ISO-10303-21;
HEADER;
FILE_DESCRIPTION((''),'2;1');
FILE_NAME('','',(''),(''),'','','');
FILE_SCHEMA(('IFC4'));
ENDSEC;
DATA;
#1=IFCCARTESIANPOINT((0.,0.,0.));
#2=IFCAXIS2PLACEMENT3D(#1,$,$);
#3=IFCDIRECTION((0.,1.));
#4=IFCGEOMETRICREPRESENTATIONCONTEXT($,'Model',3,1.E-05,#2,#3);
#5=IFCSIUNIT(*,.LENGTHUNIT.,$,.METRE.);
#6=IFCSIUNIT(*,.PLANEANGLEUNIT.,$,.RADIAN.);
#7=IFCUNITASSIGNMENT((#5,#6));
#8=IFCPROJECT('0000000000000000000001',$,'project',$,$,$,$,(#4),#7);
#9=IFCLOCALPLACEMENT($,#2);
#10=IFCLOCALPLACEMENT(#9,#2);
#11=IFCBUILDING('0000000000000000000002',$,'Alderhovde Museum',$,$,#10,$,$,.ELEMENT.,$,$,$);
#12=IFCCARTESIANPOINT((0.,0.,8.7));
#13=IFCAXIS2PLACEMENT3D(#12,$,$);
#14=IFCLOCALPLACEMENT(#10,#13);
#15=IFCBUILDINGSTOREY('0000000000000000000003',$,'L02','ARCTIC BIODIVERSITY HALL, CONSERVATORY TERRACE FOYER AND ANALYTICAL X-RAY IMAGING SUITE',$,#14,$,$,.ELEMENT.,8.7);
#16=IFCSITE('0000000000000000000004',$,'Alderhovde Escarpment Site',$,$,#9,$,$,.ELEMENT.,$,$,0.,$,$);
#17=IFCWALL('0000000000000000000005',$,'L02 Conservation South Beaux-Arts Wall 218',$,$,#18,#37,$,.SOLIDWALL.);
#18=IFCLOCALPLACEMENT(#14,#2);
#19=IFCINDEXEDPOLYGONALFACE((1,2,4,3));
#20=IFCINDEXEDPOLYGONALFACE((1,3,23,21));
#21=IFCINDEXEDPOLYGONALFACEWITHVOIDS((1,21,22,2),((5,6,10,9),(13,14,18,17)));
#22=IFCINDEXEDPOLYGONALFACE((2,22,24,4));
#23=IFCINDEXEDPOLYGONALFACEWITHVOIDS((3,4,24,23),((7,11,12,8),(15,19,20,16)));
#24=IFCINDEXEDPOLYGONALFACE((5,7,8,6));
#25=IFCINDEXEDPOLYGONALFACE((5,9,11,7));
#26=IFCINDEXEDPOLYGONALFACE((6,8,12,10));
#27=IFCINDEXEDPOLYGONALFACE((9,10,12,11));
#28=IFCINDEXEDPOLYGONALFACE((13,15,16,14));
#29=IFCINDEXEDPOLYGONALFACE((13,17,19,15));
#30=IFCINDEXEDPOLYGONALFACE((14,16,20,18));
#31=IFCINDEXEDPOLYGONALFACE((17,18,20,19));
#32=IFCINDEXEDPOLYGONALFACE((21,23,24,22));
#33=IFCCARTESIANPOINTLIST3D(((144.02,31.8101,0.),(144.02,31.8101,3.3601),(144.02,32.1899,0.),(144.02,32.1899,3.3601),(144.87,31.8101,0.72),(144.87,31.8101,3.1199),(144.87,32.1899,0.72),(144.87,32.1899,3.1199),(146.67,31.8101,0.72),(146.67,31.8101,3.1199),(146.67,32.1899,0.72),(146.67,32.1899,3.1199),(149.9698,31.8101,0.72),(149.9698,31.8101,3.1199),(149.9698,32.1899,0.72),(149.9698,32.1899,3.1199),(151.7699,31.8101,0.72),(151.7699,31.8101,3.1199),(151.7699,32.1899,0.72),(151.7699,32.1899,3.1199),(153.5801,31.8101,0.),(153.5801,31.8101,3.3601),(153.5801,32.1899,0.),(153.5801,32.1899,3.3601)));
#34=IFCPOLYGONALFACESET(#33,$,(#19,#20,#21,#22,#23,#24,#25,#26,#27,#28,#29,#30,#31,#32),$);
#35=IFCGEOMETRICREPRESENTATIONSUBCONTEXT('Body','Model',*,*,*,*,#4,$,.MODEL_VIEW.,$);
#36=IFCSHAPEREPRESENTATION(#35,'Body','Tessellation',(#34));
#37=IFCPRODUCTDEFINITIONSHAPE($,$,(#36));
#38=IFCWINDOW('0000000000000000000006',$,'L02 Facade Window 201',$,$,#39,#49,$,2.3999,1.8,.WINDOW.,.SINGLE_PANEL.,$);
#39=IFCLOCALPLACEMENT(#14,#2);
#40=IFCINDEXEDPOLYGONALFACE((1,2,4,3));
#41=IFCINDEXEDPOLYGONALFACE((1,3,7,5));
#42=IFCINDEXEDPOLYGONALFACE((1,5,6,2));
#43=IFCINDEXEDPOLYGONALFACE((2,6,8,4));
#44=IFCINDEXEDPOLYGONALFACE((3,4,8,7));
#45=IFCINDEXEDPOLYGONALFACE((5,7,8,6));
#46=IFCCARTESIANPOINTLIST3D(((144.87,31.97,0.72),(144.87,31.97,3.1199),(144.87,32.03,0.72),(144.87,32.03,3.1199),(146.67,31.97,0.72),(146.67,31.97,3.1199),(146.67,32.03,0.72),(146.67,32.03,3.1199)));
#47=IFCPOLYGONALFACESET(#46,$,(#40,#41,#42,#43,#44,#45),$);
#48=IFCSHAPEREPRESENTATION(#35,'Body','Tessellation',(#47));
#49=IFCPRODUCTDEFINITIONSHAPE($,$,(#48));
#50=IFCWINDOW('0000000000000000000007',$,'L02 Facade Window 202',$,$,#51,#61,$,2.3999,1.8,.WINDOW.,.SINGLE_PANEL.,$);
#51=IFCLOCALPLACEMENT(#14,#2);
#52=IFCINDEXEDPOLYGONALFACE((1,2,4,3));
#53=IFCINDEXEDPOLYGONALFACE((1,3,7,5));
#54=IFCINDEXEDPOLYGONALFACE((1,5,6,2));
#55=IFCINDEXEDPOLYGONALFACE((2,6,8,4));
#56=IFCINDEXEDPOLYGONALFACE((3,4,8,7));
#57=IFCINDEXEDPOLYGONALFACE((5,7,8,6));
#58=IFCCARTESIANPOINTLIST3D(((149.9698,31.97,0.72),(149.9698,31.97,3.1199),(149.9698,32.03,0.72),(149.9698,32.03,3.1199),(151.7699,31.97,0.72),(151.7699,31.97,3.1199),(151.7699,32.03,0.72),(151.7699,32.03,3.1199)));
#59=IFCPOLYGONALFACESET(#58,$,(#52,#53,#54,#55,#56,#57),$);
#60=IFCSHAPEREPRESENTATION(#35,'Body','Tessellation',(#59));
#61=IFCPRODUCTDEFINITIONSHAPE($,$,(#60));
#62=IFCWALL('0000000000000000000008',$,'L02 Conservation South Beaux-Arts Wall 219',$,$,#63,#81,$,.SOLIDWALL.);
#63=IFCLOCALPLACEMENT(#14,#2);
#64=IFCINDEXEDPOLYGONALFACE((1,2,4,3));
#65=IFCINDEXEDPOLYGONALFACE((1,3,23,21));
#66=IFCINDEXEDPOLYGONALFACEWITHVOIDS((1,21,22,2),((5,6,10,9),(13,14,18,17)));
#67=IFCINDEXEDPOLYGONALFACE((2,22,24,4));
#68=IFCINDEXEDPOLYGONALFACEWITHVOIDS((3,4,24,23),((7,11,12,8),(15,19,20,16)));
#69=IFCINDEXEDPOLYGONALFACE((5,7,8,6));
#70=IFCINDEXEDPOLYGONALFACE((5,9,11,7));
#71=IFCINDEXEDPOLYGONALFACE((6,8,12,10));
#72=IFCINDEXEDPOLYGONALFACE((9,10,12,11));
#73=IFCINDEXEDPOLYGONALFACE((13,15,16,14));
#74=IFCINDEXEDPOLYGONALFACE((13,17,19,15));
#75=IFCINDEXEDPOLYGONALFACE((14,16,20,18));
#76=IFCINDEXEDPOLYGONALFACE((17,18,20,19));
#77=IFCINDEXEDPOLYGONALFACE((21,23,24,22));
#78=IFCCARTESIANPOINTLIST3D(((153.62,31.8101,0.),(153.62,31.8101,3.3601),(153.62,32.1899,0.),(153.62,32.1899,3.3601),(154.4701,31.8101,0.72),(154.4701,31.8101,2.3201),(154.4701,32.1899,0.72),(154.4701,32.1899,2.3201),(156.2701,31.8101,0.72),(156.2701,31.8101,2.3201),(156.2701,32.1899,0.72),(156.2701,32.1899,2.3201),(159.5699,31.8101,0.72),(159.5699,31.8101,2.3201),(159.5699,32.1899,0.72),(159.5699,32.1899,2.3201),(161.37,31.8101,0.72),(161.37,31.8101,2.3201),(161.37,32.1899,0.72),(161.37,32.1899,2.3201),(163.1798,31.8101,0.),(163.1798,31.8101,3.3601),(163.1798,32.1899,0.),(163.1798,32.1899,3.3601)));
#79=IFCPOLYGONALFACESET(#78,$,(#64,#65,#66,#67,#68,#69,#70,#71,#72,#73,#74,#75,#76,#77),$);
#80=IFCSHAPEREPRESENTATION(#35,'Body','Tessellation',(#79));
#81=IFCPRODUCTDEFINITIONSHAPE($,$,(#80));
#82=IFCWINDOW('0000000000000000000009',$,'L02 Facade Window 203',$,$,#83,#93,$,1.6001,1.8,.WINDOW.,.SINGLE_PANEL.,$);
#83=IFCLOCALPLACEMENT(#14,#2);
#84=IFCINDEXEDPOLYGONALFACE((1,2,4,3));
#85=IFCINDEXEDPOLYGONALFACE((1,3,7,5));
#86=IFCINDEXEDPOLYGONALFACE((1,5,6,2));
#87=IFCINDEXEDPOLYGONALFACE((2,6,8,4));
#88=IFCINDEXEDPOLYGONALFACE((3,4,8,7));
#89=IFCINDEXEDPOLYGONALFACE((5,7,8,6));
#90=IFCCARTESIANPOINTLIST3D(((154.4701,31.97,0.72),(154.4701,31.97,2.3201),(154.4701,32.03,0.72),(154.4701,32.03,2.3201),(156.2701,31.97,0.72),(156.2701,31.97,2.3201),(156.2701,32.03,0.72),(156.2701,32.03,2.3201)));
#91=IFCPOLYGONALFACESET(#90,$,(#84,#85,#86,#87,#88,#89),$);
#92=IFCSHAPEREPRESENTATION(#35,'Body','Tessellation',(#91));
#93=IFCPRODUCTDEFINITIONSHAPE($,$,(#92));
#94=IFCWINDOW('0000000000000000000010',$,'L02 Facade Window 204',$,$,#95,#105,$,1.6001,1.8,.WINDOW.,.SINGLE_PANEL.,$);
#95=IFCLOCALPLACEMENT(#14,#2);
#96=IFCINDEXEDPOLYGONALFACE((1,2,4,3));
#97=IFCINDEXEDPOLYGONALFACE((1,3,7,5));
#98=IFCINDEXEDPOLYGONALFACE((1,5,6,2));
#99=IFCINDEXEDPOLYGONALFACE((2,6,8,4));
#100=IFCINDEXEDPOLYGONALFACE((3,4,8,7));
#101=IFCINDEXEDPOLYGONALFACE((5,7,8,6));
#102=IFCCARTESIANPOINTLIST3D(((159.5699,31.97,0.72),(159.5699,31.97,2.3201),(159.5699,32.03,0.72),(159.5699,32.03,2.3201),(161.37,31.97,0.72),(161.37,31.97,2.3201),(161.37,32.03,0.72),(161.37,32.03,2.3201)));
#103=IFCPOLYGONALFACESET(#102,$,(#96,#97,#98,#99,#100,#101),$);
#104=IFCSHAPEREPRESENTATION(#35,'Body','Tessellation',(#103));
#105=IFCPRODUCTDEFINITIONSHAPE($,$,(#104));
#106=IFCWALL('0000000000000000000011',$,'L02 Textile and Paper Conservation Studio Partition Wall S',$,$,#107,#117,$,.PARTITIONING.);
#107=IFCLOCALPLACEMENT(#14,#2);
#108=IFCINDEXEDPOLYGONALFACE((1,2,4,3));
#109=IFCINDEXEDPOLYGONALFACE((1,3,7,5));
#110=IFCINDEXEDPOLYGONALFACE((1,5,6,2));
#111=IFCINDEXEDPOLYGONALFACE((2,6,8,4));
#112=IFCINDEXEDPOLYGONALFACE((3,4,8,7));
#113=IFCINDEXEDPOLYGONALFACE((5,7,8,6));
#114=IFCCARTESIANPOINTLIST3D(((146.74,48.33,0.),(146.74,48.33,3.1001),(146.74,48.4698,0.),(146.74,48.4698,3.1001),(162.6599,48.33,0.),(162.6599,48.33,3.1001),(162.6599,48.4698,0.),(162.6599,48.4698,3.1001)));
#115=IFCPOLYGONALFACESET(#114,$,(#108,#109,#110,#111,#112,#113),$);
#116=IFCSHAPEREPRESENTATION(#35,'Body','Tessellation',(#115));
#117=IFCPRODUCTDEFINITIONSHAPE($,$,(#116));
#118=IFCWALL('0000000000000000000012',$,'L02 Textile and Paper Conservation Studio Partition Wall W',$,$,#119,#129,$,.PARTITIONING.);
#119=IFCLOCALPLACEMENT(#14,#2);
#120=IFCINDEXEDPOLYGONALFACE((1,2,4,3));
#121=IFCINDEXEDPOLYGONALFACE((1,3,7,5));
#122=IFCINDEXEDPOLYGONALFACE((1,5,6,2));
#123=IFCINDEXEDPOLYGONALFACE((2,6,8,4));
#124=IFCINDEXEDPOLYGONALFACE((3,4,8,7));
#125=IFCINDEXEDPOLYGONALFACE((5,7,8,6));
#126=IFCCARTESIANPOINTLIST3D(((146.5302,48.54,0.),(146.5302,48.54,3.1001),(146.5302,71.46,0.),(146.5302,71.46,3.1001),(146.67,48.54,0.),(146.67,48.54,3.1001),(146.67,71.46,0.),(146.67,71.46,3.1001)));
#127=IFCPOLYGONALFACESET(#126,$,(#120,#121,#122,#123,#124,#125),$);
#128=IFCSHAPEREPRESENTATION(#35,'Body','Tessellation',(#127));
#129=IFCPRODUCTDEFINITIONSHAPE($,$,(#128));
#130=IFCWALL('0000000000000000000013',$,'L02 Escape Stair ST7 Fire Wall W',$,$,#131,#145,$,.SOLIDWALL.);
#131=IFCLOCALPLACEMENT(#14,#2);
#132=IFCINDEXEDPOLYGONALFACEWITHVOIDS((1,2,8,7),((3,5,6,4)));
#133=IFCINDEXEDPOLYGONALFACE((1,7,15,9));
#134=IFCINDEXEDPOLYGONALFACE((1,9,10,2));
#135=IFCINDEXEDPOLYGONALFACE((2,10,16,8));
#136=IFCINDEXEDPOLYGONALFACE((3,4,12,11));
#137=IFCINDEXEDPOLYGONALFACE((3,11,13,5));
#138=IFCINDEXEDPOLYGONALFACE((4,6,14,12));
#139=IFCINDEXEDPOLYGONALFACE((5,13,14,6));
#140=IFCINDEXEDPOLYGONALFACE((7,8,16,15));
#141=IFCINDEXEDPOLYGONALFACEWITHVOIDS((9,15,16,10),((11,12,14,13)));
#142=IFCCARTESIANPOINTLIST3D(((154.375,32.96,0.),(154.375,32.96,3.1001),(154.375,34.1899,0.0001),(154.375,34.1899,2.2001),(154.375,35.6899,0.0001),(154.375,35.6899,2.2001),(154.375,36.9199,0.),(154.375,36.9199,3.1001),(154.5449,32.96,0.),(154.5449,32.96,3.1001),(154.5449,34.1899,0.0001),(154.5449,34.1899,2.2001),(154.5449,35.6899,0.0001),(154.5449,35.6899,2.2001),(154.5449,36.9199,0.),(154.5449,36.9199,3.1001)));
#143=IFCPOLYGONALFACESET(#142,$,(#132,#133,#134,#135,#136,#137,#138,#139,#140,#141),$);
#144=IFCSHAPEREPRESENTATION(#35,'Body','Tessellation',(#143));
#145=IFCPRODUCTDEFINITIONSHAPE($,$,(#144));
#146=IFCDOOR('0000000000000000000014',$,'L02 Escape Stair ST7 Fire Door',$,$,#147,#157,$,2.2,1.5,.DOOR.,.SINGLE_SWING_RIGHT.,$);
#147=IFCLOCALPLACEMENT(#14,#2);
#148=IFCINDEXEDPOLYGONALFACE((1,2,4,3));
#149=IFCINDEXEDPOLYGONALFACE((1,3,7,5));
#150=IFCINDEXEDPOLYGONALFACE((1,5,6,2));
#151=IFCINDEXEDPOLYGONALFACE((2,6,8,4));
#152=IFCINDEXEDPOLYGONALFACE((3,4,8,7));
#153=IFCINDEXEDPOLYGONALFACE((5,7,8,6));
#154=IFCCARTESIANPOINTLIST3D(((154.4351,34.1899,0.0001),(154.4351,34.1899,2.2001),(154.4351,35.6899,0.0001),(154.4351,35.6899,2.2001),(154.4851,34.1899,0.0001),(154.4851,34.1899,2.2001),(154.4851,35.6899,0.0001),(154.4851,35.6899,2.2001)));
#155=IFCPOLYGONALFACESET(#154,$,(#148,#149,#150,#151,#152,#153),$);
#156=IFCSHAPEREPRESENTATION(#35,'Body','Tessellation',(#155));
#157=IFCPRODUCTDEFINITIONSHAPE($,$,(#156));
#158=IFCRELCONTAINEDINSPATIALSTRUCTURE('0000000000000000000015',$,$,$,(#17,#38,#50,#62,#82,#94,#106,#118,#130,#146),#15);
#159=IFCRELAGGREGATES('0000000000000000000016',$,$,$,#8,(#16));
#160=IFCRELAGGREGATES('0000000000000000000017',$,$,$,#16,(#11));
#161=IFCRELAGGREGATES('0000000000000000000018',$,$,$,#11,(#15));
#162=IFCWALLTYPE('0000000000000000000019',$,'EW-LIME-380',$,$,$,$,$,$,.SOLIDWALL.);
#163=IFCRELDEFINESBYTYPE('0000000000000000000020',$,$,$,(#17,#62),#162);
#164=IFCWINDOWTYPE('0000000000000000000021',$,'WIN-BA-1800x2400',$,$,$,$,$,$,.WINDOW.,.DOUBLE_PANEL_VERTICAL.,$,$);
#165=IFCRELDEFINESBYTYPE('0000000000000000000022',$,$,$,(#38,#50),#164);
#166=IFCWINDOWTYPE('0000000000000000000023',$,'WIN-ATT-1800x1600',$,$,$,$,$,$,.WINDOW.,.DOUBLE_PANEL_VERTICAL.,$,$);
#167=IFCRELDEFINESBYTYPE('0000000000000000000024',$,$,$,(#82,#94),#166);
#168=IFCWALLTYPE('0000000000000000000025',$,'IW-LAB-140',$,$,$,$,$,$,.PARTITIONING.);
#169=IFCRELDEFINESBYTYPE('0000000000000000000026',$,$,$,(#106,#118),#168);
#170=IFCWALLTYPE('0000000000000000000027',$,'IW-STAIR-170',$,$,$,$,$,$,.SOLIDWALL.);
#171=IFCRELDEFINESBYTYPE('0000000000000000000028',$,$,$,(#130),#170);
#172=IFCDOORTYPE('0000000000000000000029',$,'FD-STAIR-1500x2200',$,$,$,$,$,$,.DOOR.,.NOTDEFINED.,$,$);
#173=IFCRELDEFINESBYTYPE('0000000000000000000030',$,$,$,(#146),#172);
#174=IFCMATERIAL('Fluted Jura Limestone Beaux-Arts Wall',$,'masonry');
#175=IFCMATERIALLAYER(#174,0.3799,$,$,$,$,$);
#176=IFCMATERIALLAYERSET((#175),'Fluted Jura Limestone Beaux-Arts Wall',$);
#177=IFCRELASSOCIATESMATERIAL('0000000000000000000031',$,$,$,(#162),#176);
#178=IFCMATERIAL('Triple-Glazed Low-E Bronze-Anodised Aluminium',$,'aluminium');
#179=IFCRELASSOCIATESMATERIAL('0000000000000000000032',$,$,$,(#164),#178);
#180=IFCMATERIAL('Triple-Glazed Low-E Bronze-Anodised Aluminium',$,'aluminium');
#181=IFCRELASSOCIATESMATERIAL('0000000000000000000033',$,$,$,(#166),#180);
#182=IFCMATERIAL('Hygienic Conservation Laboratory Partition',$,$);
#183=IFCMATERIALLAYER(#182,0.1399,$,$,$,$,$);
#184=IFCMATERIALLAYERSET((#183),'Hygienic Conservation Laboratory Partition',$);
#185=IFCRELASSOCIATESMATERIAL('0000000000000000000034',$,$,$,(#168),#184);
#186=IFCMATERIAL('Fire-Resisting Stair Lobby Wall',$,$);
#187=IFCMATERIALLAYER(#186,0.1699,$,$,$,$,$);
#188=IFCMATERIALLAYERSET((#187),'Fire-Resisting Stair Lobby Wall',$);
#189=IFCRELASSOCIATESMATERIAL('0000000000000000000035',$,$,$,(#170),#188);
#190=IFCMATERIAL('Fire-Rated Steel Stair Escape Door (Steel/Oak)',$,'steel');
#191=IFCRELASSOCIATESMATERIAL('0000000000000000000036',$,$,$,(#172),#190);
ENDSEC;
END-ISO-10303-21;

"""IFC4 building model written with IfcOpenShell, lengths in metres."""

from ifc_helpers import new_model, si_unit, direction, frame, frame_2d, origin, place, context, subcontext, project, spatial, rectangle, extrude, material, layer, layer_set, type_object, element, fill, save


model = new_model("IFC4")

# Units and contexts
model_context = context("Model", 3, precision=1e-05, world=origin(), true_north=direction((0.0, 1.0)))
body_context = subcontext(model_context, "Body", "Model", "MODEL_VIEW")
ifc_project = project(units=[si_unit("LENGTHUNIT", "METRE"), si_unit("PLANEANGLEUNIT", "RADIAN")], contexts=[model_context])

# Site, building, storey
site_placement = place(None, origin())
site = spatial("IfcSite", under=ifc_project, at=site_placement, Name="Alderhovde Escarpment Site", CompositionType="ELEMENT", RefElevation=0.0)
building_placement = place(site_placement, origin())
building = spatial("IfcBuilding", under=site, at=building_placement, Name="Alderhovde Museum", CompositionType="ELEMENT")
storey_placement = place(building_placement, frame((0.0, 0.0, 8.7)))
storey = spatial("IfcBuildingStorey", under=building, at=storey_placement, Name="L02", Description="ARCTIC BIODIVERSITY HALL, CONSERVATORY TERRACE FOYER AND ANALYTICAL X-RAY IMAGING SUITE", CompositionType="ELEMENT", Elevation=8.7)

# Walls, openings, windows
ifc_material_1 = material(Name="Fluted Jura Limestone Beaux-Arts Wall", Category="masonry")
ifc_layer_1 = layer(ifc_material_1, 0.3799)
ifc_layer_set_1 = layer_set([ifc_layer_1], Name="Fluted Jura Limestone Beaux-Arts Wall")
wall_type_1 = type_object("IfcWallType", Name="EW-LIME-380", PredefinedType="SOLIDWALL", material=ifc_layer_set_1)
wall_1_placement = place(storey_placement, frame((144.02, 32.0, 0.0), z_axis=(0.0, 0.0, 1.0), x_axis=(1.0, 0.0, 0.0)))
wall_1 = element("IfcWall", 1, at=wall_1_placement, inside=storey, type_object=wall_type_1, Name="L02 Conservation South Beaux-Arts Wall 218", PredefinedType="SOLIDWALL", context=body_context, shape_type="SweptSolid", body=[
    extrude(rectangle(XDim=9.5601, YDim=0.3799, at=frame_2d((4.78, 0.0))), origin(), (0.0, 0.0, 1.0), 3.3601),
])
opening_1_placement = place(wall_1_placement, frame((0.8501, 0.0, 0.72)))
opening_1 = element("IfcOpeningElement", 2, at=opening_1_placement, cuts=wall_1, PredefinedType="OPENING", context=body_context, shape_type="SweptSolid", body=[
    extrude(rectangle(XDim=1.8, YDim=2.3999, at=frame_2d((0.8999, 1.2))), frame((0.0, 0.2, 0.0), z_axis=(0.0, -1.0, 0.0), x_axis=(1.0, 0.0, 0.0)), (0.0, 0.0, 1.0), 0.3999),
])
opening_2_placement = place(wall_1_placement, frame((5.95, 0.0, 0.72)))
opening_2 = element("IfcOpeningElement", 3, at=opening_2_placement, cuts=wall_1, PredefinedType="OPENING", context=body_context, shape_type="SweptSolid", body=[
    extrude(rectangle(XDim=1.8, YDim=2.3999, at=frame_2d((0.8999, 1.2))), frame((0.0, 0.2, 0.0), z_axis=(0.0, -1.0, 0.0), x_axis=(1.0, 0.0, 0.0)), (0.0, 0.0, 1.0), 0.3999),
])
ifc_material_2 = material(Name="Triple-Glazed Low-E Bronze-Anodised Aluminium", Category="aluminium")
window_type_1 = type_object("IfcWindowType", Name="WIN-BA-1800x2400", PartitioningType="DOUBLE_PANEL_VERTICAL", PredefinedType="WINDOW", material=ifc_material_2)
window_1_placement = place(opening_1_placement, origin())
window_1 = element("IfcWindow", 4, at=window_1_placement, inside=storey, type_object=window_type_1, Name="L02 Facade Window 201", OverallHeight=2.3999, OverallWidth=1.8, PartitioningType="SINGLE_PANEL", PredefinedType="WINDOW", context=body_context, shape_type="SweptSolid", body=[
    extrude(rectangle(XDim=1.8, YDim=2.3999, at=frame_2d((0.8999, 1.2))), frame((0.0, 0.03, 0.0), z_axis=(0.0, -1.0, 0.0), x_axis=(1.0, 0.0, 0.0)), (0.0, 0.0, 1.0), 0.0601),
])
fill(opening_1, window_1)
window_2_placement = place(opening_2_placement, origin())
window_2 = element("IfcWindow", 5, at=window_2_placement, inside=storey, type_object=window_type_1, Name="L02 Facade Window 202", OverallHeight=2.3999, OverallWidth=1.8, PartitioningType="SINGLE_PANEL", PredefinedType="WINDOW", context=body_context, shape_type="SweptSolid", body=[
    extrude(rectangle(XDim=1.8, YDim=2.3999, at=frame_2d((0.8999, 1.2))), frame((0.0, 0.03, 0.0), z_axis=(0.0, -1.0, 0.0), x_axis=(1.0, 0.0, 0.0)), (0.0, 0.0, 1.0), 0.0601),
])
fill(opening_2, window_2)
wall_2_placement = place(storey_placement, frame((153.6201, 32.0, 0.0), z_axis=(0.0, 0.0, 1.0), x_axis=(1.0, 0.0, 0.0)))
wall_2 = element("IfcWall", 6, at=wall_2_placement, inside=storey, type_object=wall_type_1, Name="L02 Conservation South Beaux-Arts Wall 219", PredefinedType="SOLIDWALL", context=body_context, shape_type="SweptSolid", body=[
    extrude(rectangle(XDim=9.5598, YDim=0.3799, at=frame_2d((4.7798, 0.0))), origin(), (0.0, 0.0, 1.0), 3.3601),
])
opening_3_placement = place(wall_2_placement, frame((0.8501, 0.0, 0.72)))
opening_3 = element("IfcOpeningElement", 7, at=opening_3_placement, cuts=wall_2, PredefinedType="OPENING", context=body_context, shape_type="SweptSolid", body=[
    extrude(rectangle(XDim=1.8, YDim=1.6001, at=frame_2d((0.8999, 0.8))), frame((0.0, 0.2, 0.0), z_axis=(0.0, -1.0, 0.0), x_axis=(1.0, 0.0, 0.0)), (0.0, 0.0, 1.0), 0.3999),
])
opening_4_placement = place(wall_2_placement, frame((5.95, 0.0, 0.72)))
opening_4 = element("IfcOpeningElement", 8, at=opening_4_placement, cuts=wall_2, PredefinedType="OPENING", context=body_context, shape_type="SweptSolid", body=[
    extrude(rectangle(XDim=1.8, YDim=1.6001, at=frame_2d((0.8999, 0.8))), frame((0.0, 0.2, 0.0), z_axis=(0.0, -1.0, 0.0), x_axis=(1.0, 0.0, 0.0)), (0.0, 0.0, 1.0), 0.3999),
])
ifc_material_3 = material(Name="Triple-Glazed Low-E Bronze-Anodised Aluminium", Category="aluminium")
window_type_2 = type_object("IfcWindowType", Name="WIN-ATT-1800x1600", PartitioningType="DOUBLE_PANEL_VERTICAL", PredefinedType="WINDOW", material=ifc_material_3)
window_3_placement = place(opening_3_placement, origin())
window_3 = element("IfcWindow", 9, at=window_3_placement, inside=storey, type_object=window_type_2, Name="L02 Facade Window 203", OverallHeight=1.6001, OverallWidth=1.8, PartitioningType="SINGLE_PANEL", PredefinedType="WINDOW", context=body_context, shape_type="SweptSolid", body=[
    extrude(rectangle(XDim=1.8, YDim=1.6001, at=frame_2d((0.8999, 0.8))), frame((0.0, 0.03, 0.0), z_axis=(0.0, -1.0, 0.0), x_axis=(1.0, 0.0, 0.0)), (0.0, 0.0, 1.0), 0.0601),
])
fill(opening_3, window_3)
window_4_placement = place(opening_4_placement, origin())
window_4 = element("IfcWindow", 10, at=window_4_placement, inside=storey, type_object=window_type_2, Name="L02 Facade Window 204", OverallHeight=1.6001, OverallWidth=1.8, PartitioningType="SINGLE_PANEL", PredefinedType="WINDOW", context=body_context, shape_type="SweptSolid", body=[
    extrude(rectangle(XDim=1.8, YDim=1.6001, at=frame_2d((0.8999, 0.8))), frame((0.0, 0.03, 0.0), z_axis=(0.0, -1.0, 0.0), x_axis=(1.0, 0.0, 0.0)), (0.0, 0.0, 1.0), 0.0601),
])
fill(opening_4, window_4)

# Walls
ifc_material_4 = material(Name="Hygienic Conservation Laboratory Partition")
ifc_layer_2 = layer(ifc_material_4, 0.1399)
ifc_layer_set_2 = layer_set([ifc_layer_2], Name="Hygienic Conservation Laboratory Partition")
wall_type_2 = type_object("IfcWallType", Name="IW-LAB-140", PredefinedType="PARTITIONING", material=ifc_layer_set_2)
wall_3_placement = place(storey_placement, frame((146.74, 48.3999, 0.0), z_axis=(0.0, 0.0, 1.0), x_axis=(1.0, 0.0, 0.0)))
element("IfcWall", 11, at=wall_3_placement, inside=storey, type_object=wall_type_2, Name="L02 Textile and Paper Conservation Studio Partition Wall S", PredefinedType="PARTITIONING", context=body_context, shape_type="SweptSolid", body=[
    extrude(rectangle(XDim=15.9199, YDim=0.1399, at=frame_2d((7.96, 0.0))), origin(), (0.0, 0.0, 1.0), 3.1001),
])
wall_4_placement = place(storey_placement, frame((146.6001, 48.54, 0.0), z_axis=(0.0, 0.0, 1.0), x_axis=(0.0, 1.0, 0.0)))
element("IfcWall", 12, at=wall_4_placement, inside=storey, type_object=wall_type_2, Name="L02 Textile and Paper Conservation Studio Partition Wall W", PredefinedType="PARTITIONING", context=body_context, shape_type="SweptSolid", body=[
    extrude(rectangle(XDim=22.9199, YDim=0.1399, at=frame_2d((11.46, 0.0))), origin(), (0.0, 0.0, 1.0), 3.1001),
])

# Wall, opening, door
ifc_material_5 = material(Name="Fire-Resisting Stair Lobby Wall")
ifc_layer_3 = layer(ifc_material_5, 0.1699)
ifc_layer_set_3 = layer_set([ifc_layer_3], Name="Fire-Resisting Stair Lobby Wall")
wall_type_3 = type_object("IfcWallType", Name="IW-STAIR-170", PredefinedType="SOLIDWALL", material=ifc_layer_set_3)
wall_5_placement = place(storey_placement, frame((154.46, 32.96, 0.0), z_axis=(0.0, 0.0, 1.0), x_axis=(0.0, 1.0, 0.0)))
wall_5 = element("IfcWall", 13, at=wall_5_placement, inside=storey, type_object=wall_type_3, Name="L02 Escape Stair ST7 Fire Wall W", PredefinedType="SOLIDWALL", context=body_context, shape_type="SweptSolid", body=[
    extrude(rectangle(XDim=3.96, YDim=0.1699, at=frame_2d((1.98, 0.0))), origin(), (0.0, 0.0, 1.0), 3.1001),
])
opening_5_placement = place(wall_5_placement, frame((1.23, 0.0, 0.0)))
opening_5 = element("IfcOpeningElement", 14, at=opening_5_placement, cuts=wall_5, PredefinedType="OPENING", context=body_context, shape_type="SweptSolid", body=[
    extrude(rectangle(XDim=1.5, YDim=2.2, at=frame_2d((0.75, 1.1001))), frame((0.0, 0.095, 0.0), z_axis=(0.0, -1.0, 0.0), x_axis=(1.0, 0.0, 0.0)), (0.0, 0.0, 1.0), 0.1899),
])
ifc_material_6 = material(Name="Fire-Rated Steel Stair Escape Door (Steel/Oak)", Category="steel")
door_type = type_object("IfcDoorType", Name="FD-STAIR-1500x2200", OperationType="NOTDEFINED", PredefinedType="DOOR", material=ifc_material_6)
door_placement = place(opening_5_placement, origin())
door = element("IfcDoor", 15, at=door_placement, inside=storey, type_object=door_type, Name="L02 Escape Stair ST7 Fire Door", OperationType="SINGLE_SWING_RIGHT", OverallHeight=2.2, OverallWidth=1.5, PredefinedType="DOOR", context=body_context, shape_type="SweptSolid", body=[
    extrude(rectangle(XDim=1.5, YDim=2.2, at=frame_2d((0.75, 1.1001))), frame((0.0, 0.0249, 0.0), z_axis=(0.0, -1.0, 0.0), x_axis=(1.0, 0.0, 0.0)), (0.0, 0.0, 1.0), 0.05),
])
fill(opening_5, door)

save(model, "model.ifc")
